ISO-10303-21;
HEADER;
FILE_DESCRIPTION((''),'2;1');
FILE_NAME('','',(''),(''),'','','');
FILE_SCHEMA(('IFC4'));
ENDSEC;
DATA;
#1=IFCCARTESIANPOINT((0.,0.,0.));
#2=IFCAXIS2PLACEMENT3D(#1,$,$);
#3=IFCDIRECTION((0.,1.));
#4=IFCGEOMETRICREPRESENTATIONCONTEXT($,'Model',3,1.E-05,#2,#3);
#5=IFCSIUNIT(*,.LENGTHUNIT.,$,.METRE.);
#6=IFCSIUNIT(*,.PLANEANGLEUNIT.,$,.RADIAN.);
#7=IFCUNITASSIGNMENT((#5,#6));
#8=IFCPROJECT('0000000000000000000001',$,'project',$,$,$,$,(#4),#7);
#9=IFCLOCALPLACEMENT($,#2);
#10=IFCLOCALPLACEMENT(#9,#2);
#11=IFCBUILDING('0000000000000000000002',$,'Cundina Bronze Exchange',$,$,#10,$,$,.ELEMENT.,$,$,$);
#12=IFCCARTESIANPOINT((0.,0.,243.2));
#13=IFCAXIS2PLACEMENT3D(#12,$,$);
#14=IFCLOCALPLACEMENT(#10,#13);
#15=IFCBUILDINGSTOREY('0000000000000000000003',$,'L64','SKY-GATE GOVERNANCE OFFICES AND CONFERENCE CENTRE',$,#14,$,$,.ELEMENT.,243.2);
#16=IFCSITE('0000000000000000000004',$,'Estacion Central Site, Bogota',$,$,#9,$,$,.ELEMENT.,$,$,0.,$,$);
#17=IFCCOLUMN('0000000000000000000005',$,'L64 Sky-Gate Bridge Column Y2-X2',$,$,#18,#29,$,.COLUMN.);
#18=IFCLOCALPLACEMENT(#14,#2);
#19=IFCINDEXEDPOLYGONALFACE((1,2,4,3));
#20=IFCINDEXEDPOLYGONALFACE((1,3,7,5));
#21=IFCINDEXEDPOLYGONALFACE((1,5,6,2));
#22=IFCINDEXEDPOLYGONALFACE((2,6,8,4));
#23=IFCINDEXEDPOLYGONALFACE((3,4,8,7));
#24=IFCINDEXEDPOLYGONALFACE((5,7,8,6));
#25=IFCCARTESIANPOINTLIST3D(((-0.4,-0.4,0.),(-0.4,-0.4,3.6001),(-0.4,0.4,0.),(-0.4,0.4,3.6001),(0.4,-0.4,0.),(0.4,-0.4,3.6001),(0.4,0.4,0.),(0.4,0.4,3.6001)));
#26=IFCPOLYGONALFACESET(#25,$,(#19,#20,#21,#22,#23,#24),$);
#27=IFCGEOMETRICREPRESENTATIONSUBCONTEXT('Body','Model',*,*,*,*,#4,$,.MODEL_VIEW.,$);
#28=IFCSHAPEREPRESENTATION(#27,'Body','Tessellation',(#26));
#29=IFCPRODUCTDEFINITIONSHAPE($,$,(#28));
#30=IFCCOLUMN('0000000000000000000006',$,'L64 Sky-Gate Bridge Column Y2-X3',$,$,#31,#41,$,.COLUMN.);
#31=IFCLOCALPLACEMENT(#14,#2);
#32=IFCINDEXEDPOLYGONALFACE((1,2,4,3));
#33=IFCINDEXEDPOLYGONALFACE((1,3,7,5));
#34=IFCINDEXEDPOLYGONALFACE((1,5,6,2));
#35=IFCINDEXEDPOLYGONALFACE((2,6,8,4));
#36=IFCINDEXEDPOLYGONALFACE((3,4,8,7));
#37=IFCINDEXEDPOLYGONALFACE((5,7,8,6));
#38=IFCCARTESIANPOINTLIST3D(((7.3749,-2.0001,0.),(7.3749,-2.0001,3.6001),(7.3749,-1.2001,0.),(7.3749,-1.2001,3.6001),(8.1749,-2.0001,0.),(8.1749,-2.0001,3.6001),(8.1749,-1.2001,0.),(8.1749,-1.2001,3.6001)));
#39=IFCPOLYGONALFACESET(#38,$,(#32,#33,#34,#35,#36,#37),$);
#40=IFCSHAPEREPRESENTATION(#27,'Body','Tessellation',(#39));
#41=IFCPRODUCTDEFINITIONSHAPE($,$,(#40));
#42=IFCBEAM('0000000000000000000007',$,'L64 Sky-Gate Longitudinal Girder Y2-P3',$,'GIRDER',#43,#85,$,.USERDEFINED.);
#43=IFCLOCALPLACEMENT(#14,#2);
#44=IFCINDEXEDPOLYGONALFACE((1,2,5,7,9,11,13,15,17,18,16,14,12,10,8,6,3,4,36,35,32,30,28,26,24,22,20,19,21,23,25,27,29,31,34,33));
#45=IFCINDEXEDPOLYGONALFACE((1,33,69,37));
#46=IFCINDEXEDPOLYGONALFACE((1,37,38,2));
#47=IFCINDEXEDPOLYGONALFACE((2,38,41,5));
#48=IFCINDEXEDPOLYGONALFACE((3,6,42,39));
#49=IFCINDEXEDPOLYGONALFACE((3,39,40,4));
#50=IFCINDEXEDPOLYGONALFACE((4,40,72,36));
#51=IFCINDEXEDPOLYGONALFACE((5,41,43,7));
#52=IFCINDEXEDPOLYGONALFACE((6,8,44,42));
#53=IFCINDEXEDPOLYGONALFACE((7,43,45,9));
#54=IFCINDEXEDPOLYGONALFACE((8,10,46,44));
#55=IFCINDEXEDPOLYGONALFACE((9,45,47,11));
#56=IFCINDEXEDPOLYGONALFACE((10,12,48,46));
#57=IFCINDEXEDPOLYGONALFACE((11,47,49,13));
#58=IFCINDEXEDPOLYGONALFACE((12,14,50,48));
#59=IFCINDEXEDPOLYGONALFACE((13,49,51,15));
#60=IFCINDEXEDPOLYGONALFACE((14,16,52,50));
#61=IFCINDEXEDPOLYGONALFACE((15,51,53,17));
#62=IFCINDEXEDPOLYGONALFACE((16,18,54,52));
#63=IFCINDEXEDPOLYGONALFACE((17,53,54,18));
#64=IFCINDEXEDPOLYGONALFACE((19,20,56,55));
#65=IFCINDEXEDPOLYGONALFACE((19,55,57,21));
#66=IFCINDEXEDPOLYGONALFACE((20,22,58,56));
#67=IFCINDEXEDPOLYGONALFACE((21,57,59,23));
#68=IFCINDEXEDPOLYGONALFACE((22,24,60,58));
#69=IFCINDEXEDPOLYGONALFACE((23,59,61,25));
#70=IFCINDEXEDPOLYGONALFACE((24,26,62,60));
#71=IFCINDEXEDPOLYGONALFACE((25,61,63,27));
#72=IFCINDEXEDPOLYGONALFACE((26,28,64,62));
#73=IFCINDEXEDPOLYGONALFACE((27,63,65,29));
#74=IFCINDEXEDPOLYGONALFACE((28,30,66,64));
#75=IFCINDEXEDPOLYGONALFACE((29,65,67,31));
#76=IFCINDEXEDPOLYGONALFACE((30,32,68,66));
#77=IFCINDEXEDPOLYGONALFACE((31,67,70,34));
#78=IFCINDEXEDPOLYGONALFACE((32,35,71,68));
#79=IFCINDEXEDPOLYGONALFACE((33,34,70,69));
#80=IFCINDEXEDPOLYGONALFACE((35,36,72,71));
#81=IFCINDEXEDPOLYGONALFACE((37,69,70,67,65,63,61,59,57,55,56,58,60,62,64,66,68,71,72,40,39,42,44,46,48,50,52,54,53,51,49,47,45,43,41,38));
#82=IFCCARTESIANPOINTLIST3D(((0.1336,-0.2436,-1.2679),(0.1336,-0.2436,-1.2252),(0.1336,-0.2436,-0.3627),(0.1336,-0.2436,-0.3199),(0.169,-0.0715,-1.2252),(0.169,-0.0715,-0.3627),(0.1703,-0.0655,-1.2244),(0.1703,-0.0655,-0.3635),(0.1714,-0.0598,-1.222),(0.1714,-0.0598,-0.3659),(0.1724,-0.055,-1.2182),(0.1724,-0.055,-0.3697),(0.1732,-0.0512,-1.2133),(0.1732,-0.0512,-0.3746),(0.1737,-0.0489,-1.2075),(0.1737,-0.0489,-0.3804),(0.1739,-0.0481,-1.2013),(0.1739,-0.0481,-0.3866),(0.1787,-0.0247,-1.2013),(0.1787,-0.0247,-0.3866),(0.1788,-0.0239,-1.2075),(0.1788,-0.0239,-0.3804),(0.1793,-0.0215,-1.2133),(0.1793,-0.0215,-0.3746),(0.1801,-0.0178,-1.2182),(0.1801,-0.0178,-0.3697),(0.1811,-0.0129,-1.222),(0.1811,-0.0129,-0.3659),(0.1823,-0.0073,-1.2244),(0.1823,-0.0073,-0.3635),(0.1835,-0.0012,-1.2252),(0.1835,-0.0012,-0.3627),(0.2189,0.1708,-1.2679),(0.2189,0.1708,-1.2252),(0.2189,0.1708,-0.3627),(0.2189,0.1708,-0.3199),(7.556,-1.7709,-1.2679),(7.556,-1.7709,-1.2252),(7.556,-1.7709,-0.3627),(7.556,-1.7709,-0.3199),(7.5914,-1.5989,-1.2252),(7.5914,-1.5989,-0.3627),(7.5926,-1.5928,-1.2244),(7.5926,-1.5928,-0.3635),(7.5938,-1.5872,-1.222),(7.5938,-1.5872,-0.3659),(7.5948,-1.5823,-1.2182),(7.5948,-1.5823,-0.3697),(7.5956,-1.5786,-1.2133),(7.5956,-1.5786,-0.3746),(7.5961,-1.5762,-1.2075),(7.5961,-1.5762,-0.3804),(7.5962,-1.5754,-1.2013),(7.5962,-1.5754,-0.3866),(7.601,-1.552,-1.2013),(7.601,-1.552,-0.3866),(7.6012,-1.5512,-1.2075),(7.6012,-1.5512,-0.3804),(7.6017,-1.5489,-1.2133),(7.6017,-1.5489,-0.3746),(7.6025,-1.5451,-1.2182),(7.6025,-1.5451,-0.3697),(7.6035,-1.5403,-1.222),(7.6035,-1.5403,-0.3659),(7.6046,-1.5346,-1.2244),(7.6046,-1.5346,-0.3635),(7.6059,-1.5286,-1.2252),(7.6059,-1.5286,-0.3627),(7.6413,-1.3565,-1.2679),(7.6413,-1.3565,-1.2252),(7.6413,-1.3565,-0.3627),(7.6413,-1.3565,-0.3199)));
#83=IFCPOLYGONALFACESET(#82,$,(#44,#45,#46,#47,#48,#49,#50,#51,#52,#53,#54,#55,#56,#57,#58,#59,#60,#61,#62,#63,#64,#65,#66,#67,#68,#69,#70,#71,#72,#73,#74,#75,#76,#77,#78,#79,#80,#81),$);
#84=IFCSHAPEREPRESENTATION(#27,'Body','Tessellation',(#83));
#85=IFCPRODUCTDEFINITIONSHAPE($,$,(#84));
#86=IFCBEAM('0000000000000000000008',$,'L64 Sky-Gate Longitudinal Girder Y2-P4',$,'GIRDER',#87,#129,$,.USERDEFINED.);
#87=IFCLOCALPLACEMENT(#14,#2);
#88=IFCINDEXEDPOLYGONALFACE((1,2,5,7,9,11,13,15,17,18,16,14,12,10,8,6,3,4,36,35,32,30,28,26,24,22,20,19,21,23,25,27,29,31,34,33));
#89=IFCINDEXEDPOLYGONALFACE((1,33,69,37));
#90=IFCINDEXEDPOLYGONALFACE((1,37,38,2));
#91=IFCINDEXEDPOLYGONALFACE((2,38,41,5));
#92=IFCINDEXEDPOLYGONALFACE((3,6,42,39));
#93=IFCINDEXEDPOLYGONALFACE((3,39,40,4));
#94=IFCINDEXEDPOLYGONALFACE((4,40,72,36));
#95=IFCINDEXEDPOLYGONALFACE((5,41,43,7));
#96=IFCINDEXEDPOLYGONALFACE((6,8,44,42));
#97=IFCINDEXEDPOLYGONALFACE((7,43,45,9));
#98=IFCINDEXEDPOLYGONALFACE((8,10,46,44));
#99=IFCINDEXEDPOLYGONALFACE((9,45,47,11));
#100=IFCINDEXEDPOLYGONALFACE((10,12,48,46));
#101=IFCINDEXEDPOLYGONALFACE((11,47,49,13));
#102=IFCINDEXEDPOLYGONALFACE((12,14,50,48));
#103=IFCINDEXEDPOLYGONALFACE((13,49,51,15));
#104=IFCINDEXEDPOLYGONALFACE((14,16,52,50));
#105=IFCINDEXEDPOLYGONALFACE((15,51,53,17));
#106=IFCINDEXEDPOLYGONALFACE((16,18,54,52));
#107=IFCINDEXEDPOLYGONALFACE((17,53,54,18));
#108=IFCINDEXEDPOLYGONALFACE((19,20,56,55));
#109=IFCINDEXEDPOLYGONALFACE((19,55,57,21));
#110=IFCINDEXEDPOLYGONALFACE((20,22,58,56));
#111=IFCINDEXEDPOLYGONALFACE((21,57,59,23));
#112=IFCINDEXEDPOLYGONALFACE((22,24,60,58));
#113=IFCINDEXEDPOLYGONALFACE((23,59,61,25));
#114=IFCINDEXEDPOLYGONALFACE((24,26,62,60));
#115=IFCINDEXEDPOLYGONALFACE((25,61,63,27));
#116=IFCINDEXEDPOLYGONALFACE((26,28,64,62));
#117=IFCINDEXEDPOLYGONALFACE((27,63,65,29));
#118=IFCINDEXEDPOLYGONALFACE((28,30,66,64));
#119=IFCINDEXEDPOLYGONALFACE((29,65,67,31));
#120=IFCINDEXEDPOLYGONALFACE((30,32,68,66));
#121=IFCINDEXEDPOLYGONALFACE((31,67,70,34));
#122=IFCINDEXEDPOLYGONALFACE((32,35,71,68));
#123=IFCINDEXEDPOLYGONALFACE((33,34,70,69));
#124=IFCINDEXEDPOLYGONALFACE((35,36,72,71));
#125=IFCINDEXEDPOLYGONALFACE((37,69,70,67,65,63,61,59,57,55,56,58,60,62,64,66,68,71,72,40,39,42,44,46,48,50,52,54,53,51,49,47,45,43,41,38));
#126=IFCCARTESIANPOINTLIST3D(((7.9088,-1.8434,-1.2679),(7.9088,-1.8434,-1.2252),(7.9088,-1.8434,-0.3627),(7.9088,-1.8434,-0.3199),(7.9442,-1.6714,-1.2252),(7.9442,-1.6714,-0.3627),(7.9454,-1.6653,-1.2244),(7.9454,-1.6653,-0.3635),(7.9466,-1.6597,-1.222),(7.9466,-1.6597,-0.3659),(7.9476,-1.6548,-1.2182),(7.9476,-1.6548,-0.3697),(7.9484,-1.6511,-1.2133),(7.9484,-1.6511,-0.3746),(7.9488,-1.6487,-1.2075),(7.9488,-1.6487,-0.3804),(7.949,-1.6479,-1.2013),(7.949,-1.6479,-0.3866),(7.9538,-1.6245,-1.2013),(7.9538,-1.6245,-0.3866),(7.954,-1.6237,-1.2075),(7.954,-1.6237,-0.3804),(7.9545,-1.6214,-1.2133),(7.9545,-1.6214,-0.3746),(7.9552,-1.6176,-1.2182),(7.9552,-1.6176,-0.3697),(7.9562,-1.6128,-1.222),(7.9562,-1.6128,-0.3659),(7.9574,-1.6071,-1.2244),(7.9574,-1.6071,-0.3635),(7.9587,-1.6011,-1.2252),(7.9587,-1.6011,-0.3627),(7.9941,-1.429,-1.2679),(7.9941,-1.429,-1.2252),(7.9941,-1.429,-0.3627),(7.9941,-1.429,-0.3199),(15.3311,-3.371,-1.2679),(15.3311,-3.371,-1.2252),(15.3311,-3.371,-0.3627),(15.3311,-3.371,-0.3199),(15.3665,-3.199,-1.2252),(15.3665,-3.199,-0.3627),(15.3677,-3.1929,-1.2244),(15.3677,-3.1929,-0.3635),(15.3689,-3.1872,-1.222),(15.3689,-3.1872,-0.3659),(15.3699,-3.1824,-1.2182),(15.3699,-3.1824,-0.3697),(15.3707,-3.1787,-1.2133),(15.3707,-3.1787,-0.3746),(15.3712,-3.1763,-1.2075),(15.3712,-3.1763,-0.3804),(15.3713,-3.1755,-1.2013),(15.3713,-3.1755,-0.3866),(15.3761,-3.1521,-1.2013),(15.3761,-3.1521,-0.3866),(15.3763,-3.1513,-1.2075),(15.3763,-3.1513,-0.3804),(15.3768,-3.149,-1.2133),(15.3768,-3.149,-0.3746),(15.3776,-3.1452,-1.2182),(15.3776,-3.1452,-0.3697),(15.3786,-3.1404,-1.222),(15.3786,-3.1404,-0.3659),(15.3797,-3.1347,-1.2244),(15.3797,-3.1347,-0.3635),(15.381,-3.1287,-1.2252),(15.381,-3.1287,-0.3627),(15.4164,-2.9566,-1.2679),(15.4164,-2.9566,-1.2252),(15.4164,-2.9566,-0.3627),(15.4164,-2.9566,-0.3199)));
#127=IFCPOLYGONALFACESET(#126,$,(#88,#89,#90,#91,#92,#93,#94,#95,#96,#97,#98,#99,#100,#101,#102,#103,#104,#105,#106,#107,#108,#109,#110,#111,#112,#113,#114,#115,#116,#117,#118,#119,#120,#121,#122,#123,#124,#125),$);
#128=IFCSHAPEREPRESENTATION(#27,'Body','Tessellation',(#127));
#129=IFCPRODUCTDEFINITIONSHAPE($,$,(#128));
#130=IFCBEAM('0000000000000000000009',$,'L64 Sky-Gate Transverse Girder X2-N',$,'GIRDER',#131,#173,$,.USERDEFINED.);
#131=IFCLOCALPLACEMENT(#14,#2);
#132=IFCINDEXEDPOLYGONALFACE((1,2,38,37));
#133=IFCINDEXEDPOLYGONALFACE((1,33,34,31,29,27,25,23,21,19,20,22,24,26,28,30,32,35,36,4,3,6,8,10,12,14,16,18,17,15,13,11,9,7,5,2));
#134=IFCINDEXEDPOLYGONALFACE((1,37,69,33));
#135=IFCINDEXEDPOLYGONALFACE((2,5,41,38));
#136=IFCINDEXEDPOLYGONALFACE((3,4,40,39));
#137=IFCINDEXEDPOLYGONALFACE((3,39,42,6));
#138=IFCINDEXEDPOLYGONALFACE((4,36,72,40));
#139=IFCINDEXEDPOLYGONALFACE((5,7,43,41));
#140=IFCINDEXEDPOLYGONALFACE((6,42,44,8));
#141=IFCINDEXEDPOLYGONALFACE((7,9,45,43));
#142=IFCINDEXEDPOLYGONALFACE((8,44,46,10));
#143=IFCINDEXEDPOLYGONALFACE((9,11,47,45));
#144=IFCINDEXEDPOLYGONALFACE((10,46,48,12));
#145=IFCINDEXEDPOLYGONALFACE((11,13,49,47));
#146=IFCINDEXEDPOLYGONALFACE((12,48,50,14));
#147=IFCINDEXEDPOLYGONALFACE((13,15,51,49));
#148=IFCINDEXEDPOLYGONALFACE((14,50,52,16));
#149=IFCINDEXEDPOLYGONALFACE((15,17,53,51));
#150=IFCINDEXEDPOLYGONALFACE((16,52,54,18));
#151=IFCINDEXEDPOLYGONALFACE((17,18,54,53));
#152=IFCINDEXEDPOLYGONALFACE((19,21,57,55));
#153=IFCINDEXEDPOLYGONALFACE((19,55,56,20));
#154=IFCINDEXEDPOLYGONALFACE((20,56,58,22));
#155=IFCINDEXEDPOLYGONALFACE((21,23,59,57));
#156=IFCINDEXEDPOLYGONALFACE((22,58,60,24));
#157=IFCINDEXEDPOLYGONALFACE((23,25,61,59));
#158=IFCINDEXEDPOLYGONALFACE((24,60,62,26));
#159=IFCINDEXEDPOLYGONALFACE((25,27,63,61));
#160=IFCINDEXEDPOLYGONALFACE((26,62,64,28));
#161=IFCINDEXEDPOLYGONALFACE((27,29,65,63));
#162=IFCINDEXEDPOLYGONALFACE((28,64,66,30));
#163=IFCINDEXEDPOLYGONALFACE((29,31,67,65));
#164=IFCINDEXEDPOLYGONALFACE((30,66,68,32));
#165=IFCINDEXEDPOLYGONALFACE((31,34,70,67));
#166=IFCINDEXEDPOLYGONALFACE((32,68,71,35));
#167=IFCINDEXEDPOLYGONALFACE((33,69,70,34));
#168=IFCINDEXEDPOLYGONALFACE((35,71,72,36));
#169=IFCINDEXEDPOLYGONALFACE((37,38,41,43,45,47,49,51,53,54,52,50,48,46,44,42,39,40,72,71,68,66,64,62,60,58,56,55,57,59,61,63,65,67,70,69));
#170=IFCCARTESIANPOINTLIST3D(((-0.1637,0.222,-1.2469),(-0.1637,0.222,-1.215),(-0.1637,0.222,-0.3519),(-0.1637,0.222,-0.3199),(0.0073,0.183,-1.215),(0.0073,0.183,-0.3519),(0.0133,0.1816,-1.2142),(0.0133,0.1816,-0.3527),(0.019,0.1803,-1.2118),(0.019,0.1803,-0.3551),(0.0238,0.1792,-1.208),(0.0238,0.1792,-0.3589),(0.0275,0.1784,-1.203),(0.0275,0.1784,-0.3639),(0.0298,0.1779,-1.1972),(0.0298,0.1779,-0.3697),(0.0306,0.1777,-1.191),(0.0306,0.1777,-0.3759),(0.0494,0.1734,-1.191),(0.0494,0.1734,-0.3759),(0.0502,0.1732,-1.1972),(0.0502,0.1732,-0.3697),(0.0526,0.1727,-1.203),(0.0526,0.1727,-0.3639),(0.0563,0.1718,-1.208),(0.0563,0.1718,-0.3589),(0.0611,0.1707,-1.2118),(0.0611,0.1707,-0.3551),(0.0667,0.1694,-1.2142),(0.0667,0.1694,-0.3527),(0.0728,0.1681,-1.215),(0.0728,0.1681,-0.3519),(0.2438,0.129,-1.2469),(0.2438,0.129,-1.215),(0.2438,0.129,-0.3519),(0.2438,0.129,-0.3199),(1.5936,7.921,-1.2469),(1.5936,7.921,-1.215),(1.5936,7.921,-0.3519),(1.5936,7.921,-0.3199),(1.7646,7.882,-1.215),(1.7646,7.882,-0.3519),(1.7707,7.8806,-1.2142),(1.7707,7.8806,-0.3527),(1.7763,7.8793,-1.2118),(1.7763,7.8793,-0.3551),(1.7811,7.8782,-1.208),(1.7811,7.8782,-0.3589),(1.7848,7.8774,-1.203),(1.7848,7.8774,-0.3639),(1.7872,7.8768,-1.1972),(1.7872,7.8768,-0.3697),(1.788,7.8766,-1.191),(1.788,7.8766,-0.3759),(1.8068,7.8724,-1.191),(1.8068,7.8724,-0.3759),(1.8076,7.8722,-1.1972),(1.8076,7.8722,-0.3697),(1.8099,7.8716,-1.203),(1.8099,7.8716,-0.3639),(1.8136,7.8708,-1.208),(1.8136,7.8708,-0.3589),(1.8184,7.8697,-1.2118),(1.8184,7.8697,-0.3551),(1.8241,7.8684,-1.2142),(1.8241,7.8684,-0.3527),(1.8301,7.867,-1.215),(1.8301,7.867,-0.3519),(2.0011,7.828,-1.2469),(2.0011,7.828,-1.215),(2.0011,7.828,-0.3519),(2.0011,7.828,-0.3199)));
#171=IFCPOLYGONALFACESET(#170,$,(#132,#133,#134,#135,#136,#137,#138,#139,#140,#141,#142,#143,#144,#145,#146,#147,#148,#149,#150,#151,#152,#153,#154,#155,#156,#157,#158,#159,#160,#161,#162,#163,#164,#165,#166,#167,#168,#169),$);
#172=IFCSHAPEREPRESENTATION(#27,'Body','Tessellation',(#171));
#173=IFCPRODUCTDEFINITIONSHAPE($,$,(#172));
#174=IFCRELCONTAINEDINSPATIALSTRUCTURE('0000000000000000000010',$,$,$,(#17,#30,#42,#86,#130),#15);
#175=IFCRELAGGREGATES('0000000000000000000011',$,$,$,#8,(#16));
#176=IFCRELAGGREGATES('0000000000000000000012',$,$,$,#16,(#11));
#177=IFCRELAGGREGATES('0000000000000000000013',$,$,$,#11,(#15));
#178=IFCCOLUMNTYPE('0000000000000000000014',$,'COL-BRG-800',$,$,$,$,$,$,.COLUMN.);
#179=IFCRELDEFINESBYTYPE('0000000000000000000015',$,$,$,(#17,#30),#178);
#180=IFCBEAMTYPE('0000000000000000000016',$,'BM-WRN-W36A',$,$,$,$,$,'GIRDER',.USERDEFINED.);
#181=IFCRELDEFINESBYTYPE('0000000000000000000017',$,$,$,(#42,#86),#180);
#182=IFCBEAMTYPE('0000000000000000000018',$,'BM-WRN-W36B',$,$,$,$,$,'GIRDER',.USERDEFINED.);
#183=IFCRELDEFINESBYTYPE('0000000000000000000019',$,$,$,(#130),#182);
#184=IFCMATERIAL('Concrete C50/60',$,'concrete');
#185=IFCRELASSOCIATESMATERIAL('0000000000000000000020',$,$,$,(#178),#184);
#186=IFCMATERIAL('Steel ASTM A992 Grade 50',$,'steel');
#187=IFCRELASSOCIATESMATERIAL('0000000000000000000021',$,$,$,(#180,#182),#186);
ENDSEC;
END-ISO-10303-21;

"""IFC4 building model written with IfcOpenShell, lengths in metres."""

from ifc_helpers import new_model, si_unit, direction, frame, origin, origin_2d, place, context, subcontext, project, spatial, rectangle, i_section, extrude, material, material_profile, profile_set, type_object, element, save


model = new_model("IFC4")

# Units and contexts
model_context = context("Model", 3, precision=1e-05, world=origin(), true_north=direction((0.0, 1.0)))
body_context = subcontext(model_context, "Body", "Model", "MODEL_VIEW")
ifc_project = project(units=[si_unit("LENGTHUNIT", "METRE"), si_unit("PLANEANGLEUNIT", "RADIAN")], contexts=[model_context])

# Site, building, storey
site_placement = place(None, origin())
site = spatial("IfcSite", under=ifc_project, at=site_placement, Name="Estacion Central Site, Bogota", CompositionType="ELEMENT", RefElevation=0.0)
building_placement = place(site_placement, origin())
building = spatial("IfcBuilding", under=site, at=building_placement, Name="Cundina Bronze Exchange", CompositionType="ELEMENT")
storey_placement = place(building_placement, frame((0.0, 0.0, 243.2)))
storey = spatial("IfcBuildingStorey", under=building, at=storey_placement, Name="L64", Description="SKY-GATE GOVERNANCE OFFICES AND CONFERENCE CENTRE", CompositionType="ELEMENT", Elevation=243.2)

# Columns
ifc_material_1 = material(Name="Concrete C50/60", Category="concrete")
ifc_material_profile_1 = material_profile(ifc_material_1, rectangle(XDim=0.8, YDim=0.8, at=origin_2d()), Name="RC800X800", Category="concrete")
ifc_profile_set_1 = profile_set([ifc_material_profile_1], Name="Concrete C50/60")
column_type = type_object("IfcColumnType", Name="COL-BRG-800", PredefinedType="COLUMN", material=ifc_profile_set_1)
for number, where, z_axis, x_axis, name in (
    (1, (0.0, 0.0, 0.0), (0.0, 0.0, 1.0), (1.0, 0.0, 0.0), "L64 Sky-Gate Bridge Column Y2-X2"),
    (2, (7.7749, -1.6001, 0.0), (0.0, 0.0, 1.0), (1.0, 0.0, 0.0), "L64 Sky-Gate Bridge Column Y2-X3"),
):
    element("IfcColumn", number, at=place(storey_placement, frame(where, z_axis=z_axis, x_axis=x_axis)), inside=storey, type_object=column_type, Name=name, PredefinedType="COLUMN", context=body_context, shape_type="SweptSolid", body=[
        extrude(rectangle(XDim=0.8, YDim=0.8, at=origin_2d()), origin(), (0.0, 0.0, 1.0), 3.6001),
    ])

# Beams
ifc_material_2 = material(Name="Steel ASTM A992 Grade 50", Category="steel")
ifc_material_profile_2 = material_profile(ifc_material_2, i_section(OverallWidth=0.4231, OverallDepth=0.948, WebThickness=0.0239, FlangeThickness=0.0427, FilletRadius=0.0239, at=origin_2d()), Name="W36X302", Category="steel")
ifc_profile_set_2 = profile_set([ifc_material_profile_2], Name="Steel ASTM A992 Grade 50")
beam_type_1 = type_object("IfcBeamType", Name="BM-WRN-W36A", ElementType="GIRDER", PredefinedType="USERDEFINED", material=ifc_profile_set_2)
for number, where, z_axis, x_axis, name in (
    (3, (0.1763, -0.0364, -0.7939), (0.979478, -0.201553, 0.0), (0.201553, 0.979478, 0.0), "L64 Sky-Gate Longitudinal Girder Y2-P3"),
    (4, (7.9514, -1.6362, -0.7939), (0.979471, -0.201584, 0.0), (0.201584, 0.979471, 0.0), "L64 Sky-Gate Longitudinal Girder Y2-P4"),
):
    element("IfcBeam", number, at=place(storey_placement, frame(where, z_axis=z_axis, x_axis=x_axis)), inside=storey, type_object=beam_type_1, Name=name, ObjectType="GIRDER", PredefinedType="USERDEFINED", context=body_context, shape_type="SweptSolid", body=[
        extrude(i_section(OverallWidth=0.4231, OverallDepth=0.948, WebThickness=0.0239, FlangeThickness=0.0427, FilletRadius=0.0239, at=origin_2d()), origin(), (0.0, 0.0, 1.0), 7.5779),
    ])
ifc_material_profile_3 = material_profile(ifc_material_2, i_section(OverallWidth=0.418, OverallDepth=0.927, WebThickness=0.0193, FlangeThickness=0.032, FilletRadius=0.0239, at=origin_2d()), Name="W36X231", Category="steel")
ifc_profile_set_3 = profile_set([ifc_material_profile_3], Name="Steel ASTM A992 Grade 50")
beam_type_2 = type_object("IfcBeamType", Name="BM-WRN-W36B", ElementType="GIRDER", PredefinedType="USERDEFINED", material=ifc_profile_set_3)
beam_1_placement = place(storey_placement, frame((0.04, 0.1755, -0.7834), z_axis=(0.222531, 0.974926, 0.0), x_axis=(-0.974926, 0.222531, 0.0)))
element("IfcBeam", 5, at=beam_1_placement, inside=storey, type_object=beam_type_2, Name="L64 Sky-Gate Transverse Girder X2-N", ObjectType="GIRDER", PredefinedType="USERDEFINED", context=body_context, shape_type="SweptSolid", body=[
    extrude(i_section(OverallWidth=0.418, OverallDepth=0.927, WebThickness=0.0193, FlangeThickness=0.032, FilletRadius=0.0239, at=origin_2d()), origin(), (0.0, 0.0, 1.0), 7.897),
])

save(model, "model.ifc")
